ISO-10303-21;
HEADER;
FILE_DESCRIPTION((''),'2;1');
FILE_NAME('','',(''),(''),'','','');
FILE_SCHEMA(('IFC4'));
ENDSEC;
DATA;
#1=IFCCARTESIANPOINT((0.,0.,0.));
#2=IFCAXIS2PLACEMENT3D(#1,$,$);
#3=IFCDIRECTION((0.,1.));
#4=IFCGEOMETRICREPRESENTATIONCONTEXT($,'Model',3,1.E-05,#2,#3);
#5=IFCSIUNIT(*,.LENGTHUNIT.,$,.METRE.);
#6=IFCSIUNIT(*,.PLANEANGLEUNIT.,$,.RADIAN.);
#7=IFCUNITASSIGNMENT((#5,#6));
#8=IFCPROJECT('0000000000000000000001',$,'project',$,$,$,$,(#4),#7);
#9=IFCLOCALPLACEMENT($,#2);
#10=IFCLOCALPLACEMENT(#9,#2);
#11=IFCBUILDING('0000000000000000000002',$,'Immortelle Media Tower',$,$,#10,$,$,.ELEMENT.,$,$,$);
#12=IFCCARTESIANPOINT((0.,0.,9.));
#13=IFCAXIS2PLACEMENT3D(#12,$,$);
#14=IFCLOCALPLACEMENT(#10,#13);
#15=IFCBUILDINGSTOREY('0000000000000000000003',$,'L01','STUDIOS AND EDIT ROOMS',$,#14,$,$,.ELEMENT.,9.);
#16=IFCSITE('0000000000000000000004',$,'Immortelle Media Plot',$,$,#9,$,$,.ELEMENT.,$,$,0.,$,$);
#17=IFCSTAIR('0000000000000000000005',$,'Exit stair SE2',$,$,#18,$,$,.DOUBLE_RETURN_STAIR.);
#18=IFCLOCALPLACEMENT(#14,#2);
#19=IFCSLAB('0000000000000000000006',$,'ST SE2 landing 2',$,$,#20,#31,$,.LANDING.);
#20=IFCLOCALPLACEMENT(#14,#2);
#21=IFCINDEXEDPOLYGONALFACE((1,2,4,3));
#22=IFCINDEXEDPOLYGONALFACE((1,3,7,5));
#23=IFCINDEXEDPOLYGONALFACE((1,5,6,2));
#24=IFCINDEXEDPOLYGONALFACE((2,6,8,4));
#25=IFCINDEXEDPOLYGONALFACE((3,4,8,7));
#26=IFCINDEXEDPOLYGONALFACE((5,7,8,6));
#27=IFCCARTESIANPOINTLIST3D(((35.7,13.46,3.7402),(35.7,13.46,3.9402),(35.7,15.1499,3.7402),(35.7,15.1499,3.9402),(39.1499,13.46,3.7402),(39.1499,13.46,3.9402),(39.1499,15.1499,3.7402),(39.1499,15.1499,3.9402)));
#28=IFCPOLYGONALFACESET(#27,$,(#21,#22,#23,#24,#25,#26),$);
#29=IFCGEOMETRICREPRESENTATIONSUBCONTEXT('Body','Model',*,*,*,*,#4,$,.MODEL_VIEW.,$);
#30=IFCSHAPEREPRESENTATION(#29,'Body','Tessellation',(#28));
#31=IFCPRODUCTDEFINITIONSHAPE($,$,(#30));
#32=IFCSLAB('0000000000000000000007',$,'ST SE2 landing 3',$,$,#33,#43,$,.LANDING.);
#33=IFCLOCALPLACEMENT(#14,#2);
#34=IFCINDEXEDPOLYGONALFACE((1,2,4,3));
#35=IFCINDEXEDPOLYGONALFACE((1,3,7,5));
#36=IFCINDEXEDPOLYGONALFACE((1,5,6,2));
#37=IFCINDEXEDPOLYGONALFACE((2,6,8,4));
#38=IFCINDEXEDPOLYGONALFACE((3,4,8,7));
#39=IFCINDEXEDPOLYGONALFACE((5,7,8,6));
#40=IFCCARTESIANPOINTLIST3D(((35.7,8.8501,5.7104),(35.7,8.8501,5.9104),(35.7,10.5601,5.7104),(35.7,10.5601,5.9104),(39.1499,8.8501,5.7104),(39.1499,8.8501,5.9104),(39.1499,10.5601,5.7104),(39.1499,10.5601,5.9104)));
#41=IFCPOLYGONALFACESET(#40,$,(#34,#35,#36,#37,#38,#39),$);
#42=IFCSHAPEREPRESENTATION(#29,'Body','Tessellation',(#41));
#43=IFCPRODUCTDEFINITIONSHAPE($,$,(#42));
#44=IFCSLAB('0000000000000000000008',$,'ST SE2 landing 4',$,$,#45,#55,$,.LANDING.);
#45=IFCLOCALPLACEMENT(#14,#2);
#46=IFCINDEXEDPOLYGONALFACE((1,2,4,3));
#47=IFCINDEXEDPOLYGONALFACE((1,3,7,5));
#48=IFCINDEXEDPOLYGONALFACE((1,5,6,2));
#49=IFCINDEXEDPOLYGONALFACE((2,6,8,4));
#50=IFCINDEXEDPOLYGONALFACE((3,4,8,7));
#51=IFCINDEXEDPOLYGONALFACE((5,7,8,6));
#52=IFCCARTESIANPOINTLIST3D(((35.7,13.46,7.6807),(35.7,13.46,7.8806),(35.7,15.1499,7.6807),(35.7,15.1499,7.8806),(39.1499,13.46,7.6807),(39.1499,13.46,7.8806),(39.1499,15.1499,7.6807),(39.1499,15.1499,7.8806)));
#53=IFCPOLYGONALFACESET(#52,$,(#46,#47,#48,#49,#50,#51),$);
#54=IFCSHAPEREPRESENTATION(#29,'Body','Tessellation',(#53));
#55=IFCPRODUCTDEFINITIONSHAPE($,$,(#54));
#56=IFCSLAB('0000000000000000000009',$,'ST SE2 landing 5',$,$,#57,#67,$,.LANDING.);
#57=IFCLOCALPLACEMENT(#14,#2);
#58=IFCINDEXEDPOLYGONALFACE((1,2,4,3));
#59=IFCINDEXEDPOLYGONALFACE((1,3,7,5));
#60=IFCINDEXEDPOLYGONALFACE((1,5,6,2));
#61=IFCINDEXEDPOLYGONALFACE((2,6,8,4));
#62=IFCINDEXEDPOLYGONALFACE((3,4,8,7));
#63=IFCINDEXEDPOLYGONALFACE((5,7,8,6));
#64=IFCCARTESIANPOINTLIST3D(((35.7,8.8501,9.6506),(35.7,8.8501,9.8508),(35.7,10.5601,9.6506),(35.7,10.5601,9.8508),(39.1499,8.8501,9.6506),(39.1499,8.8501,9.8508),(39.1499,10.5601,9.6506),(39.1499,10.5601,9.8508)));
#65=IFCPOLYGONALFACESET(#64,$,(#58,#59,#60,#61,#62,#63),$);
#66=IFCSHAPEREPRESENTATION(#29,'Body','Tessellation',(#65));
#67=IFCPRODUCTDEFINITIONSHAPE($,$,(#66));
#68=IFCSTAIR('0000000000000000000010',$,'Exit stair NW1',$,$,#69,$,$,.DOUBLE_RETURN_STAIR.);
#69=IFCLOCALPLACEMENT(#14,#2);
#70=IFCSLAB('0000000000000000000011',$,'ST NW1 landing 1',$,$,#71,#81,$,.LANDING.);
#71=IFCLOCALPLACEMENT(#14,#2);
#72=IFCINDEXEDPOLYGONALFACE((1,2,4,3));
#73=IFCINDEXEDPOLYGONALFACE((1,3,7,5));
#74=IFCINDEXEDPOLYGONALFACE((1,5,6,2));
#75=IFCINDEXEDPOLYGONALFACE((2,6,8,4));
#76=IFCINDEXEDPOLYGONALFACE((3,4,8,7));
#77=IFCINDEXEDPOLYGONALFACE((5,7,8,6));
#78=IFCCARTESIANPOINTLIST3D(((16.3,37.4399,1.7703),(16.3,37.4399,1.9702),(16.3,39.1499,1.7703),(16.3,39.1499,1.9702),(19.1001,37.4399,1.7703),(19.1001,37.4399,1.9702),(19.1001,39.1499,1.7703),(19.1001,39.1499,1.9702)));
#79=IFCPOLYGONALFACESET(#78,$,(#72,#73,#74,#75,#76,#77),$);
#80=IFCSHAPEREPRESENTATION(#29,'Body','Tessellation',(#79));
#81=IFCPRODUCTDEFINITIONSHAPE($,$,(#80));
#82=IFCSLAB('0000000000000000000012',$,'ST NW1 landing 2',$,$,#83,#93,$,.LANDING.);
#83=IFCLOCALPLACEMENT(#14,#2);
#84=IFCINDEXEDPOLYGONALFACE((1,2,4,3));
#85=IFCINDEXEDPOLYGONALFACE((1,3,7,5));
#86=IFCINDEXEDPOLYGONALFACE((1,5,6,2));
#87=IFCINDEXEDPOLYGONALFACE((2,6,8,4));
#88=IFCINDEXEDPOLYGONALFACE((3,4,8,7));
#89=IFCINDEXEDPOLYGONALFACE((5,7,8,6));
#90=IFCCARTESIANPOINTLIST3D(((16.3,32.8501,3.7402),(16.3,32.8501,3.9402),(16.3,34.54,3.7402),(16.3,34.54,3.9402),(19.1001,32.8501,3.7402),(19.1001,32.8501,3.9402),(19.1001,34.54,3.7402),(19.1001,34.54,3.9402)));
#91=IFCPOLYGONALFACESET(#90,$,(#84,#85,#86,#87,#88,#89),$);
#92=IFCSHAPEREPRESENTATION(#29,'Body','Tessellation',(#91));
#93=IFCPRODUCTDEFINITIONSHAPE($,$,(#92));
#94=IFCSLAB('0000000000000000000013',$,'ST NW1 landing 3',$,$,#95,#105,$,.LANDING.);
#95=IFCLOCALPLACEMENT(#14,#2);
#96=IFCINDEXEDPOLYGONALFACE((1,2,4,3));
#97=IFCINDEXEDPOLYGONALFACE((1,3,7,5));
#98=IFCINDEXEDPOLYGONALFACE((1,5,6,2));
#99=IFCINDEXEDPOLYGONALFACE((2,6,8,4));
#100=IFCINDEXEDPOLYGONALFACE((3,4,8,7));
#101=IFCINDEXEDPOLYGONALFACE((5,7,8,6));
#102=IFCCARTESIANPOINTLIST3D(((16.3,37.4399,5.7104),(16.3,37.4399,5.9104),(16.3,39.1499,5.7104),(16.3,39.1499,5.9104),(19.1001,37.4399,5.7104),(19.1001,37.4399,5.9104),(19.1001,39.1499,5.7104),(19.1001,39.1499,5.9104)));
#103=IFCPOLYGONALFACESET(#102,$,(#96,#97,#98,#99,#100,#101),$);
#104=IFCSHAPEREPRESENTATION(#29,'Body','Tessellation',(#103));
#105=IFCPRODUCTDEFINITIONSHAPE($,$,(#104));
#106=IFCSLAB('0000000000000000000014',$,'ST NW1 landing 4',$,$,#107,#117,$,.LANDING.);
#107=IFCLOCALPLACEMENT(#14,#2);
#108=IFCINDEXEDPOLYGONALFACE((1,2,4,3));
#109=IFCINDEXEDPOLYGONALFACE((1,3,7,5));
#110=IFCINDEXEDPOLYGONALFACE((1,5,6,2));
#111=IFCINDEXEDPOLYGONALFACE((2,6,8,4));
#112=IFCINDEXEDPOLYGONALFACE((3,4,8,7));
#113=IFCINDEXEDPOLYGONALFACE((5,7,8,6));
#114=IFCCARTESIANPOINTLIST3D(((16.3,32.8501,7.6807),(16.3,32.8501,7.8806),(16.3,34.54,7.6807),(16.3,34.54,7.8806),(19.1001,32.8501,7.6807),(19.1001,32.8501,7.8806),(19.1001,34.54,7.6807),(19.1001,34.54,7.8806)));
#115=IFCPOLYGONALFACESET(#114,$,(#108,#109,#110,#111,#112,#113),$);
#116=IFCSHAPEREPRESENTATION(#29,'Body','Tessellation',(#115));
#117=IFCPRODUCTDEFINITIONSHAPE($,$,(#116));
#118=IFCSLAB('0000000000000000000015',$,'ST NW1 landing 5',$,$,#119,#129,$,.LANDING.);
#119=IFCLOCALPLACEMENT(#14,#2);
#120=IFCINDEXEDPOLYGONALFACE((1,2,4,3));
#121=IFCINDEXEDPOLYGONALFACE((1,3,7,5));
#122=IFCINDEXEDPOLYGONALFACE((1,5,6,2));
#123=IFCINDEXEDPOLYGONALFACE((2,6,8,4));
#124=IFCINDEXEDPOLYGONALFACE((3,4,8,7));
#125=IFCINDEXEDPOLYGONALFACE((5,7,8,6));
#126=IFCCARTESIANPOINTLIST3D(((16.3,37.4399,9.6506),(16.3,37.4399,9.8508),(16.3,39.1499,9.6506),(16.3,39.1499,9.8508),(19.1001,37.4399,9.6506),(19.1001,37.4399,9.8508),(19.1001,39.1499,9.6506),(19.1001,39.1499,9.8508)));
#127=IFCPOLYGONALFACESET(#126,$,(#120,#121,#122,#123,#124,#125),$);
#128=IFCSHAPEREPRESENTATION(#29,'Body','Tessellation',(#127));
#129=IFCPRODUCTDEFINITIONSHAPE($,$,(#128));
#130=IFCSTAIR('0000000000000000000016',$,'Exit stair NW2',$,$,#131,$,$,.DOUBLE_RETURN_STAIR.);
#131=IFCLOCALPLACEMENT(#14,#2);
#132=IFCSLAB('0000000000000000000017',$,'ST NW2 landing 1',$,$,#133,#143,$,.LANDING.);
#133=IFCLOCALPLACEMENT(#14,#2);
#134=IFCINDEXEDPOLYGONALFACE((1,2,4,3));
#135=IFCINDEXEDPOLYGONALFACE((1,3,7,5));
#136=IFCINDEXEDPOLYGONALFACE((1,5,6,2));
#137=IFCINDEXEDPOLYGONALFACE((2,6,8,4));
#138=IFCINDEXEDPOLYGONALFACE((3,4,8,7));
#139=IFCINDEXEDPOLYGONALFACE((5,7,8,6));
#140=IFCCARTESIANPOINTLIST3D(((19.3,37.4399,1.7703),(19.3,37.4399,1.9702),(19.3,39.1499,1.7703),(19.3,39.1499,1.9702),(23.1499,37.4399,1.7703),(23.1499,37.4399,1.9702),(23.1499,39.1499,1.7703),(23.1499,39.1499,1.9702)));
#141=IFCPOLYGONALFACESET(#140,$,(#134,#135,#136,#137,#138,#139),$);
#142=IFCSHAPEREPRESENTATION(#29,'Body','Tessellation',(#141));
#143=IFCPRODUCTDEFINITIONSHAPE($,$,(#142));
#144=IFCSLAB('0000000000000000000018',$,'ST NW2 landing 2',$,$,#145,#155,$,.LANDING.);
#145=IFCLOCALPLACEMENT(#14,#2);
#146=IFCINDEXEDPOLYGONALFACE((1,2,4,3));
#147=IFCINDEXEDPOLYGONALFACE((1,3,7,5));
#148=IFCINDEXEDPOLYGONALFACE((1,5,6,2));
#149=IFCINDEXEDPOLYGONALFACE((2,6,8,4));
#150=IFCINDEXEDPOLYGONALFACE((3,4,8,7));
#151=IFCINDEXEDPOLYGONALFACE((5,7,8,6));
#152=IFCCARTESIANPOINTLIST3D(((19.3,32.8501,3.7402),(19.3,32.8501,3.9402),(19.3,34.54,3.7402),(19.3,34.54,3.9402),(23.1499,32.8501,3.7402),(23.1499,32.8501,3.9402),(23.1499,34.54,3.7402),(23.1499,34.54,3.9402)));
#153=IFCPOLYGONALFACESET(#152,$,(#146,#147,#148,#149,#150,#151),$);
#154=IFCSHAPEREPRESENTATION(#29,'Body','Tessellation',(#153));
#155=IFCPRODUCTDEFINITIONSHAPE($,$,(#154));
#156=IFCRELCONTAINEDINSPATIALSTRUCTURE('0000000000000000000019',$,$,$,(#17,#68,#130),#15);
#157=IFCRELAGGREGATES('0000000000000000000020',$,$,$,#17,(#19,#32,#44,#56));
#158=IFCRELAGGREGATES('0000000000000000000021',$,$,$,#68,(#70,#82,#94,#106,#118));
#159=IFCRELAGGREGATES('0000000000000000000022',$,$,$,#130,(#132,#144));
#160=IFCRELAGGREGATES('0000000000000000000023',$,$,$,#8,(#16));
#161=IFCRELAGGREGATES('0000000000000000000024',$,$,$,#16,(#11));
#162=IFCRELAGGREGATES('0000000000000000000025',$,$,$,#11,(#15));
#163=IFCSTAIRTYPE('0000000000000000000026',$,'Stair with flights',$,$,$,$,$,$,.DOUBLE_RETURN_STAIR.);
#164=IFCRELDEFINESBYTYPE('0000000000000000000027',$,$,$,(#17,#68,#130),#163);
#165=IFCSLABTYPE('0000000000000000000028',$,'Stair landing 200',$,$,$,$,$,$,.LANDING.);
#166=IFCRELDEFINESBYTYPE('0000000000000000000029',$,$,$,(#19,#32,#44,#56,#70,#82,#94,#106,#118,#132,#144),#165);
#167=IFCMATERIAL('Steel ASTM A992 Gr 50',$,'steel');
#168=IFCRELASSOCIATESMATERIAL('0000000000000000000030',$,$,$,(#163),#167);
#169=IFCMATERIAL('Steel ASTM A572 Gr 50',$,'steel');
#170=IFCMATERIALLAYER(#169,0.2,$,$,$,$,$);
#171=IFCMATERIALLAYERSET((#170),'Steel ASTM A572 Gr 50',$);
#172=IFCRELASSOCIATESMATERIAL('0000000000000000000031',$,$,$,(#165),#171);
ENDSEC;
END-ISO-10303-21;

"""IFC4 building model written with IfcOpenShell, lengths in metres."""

from ifc_helpers import new_model, si_unit, direction, frame, origin, place, context, subcontext, project, spatial, polyline, outline, extrude, material, layer, layer_set, type_object, element, aggregate, save


model = new_model("IFC4")

# Units and contexts
model_context = context("Model", 3, precision=1e-05, world=origin(), true_north=direction((0.0, 1.0)))
body_context = subcontext(model_context, "Body", "Model", "MODEL_VIEW")
ifc_project = project(units=[si_unit("LENGTHUNIT", "METRE"), si_unit("PLANEANGLEUNIT", "RADIAN")], contexts=[model_context])

# Site, building, storey
site_placement = place(None, origin())
site = spatial("IfcSite", under=ifc_project, at=site_placement, Name="Immortelle Media Plot", CompositionType="ELEMENT", RefElevation=0.0)
building_placement = place(site_placement, origin())
building = spatial("IfcBuilding", under=site, at=building_placement, Name="Immortelle Media Tower", CompositionType="ELEMENT")
storey_placement = place(building_placement, frame((0.0, 0.0, 9.0)))
storey = spatial("IfcBuildingStorey", under=building, at=storey_placement, Name="L01", Description="STUDIOS AND EDIT ROOMS", CompositionType="ELEMENT", Elevation=9.0)

# Stairs, slabs
ifc_material_1 = material(Name="Steel ASTM A992 Gr 50", Category="steel")
stair_type = type_object("IfcStairType", Name="Stair with flights", PredefinedType="DOUBLE_RETURN_STAIR", material=ifc_material_1)
ifc_material_2 = material(Name="Steel ASTM A572 Gr 50", Category="steel")
ifc_layer_1 = layer(ifc_material_2, 0.2)
ifc_layer_set_1 = layer_set([ifc_layer_1], Name="Steel ASTM A572 Gr 50")
slab_type_1 = type_object("IfcSlabType", Name="Stair landing 200", PredefinedType="LANDING", material=ifc_layer_set_1)
stair_1_placement = place(storey_placement, origin())
stair_1 = element("IfcStair", 1, at=stair_1_placement, inside=storey, type_object=stair_type, Name="Exit stair SE2", PredefinedType="DOUBLE_RETURN_STAIR")
slab_1_placement = place(storey_placement, frame((0.0, 0.0, 3.7402)))
slab_1 = element("IfcSlab", 2, at=slab_1_placement, type_object=slab_type_1, Name="ST SE2 landing 2", PredefinedType="LANDING", context=body_context, shape_type="SweptSolid", body=[
    extrude(outline(polyline([(35.7, 13.46), (39.1499, 13.46), (39.1499, 15.1499), (35.7, 15.1499), (35.7, 13.46)])), origin(), (0.0, 0.0, 1.0), 0.2),
])
slab_2_placement = place(storey_placement, frame((0.0, 0.0, 5.7104)))
slab_2 = element("IfcSlab", 3, at=slab_2_placement, type_object=slab_type_1, Name="ST SE2 landing 3", PredefinedType="LANDING", context=body_context, shape_type="SweptSolid", body=[
    extrude(outline(polyline([(35.7, 8.8501), (39.1499, 8.8501), (39.1499, 10.5601), (35.7, 10.5601), (35.7, 8.8501)])), origin(), (0.0, 0.0, 1.0), 0.2),
])
slab_3_placement = place(storey_placement, frame((0.0, 0.0, 7.6807)))
slab_3 = element("IfcSlab", 4, at=slab_3_placement, type_object=slab_type_1, Name="ST SE2 landing 4", PredefinedType="LANDING", context=body_context, shape_type="SweptSolid", body=[
    extrude(outline(polyline([(35.7, 13.46), (39.1499, 13.46), (39.1499, 15.1499), (35.7, 15.1499), (35.7, 13.46)])), origin(), (0.0, 0.0, 1.0), 0.2),
])
slab_4_placement = place(storey_placement, frame((0.0, 0.0, 9.6506)))
slab_4 = element("IfcSlab", 5, at=slab_4_placement, type_object=slab_type_1, Name="ST SE2 landing 5", PredefinedType="LANDING", context=body_context, shape_type="SweptSolid", body=[
    extrude(outline(polyline([(35.7, 8.8501), (39.1499, 8.8501), (39.1499, 10.5601), (35.7, 10.5601), (35.7, 8.8501)])), origin(), (0.0, 0.0, 1.0), 0.2002),
])
aggregate(stair_1, [slab_1, slab_2, slab_3, slab_4])
stair_2_placement = place(storey_placement, origin())
stair_2 = element("IfcStair", 6, at=stair_2_placement, inside=storey, type_object=stair_type, Name="Exit stair NW1", PredefinedType="DOUBLE_RETURN_STAIR")
slab_5_placement = place(storey_placement, frame((0.0, 0.0, 1.7703)))
slab_5 = element("IfcSlab", 7, at=slab_5_placement, type_object=slab_type_1, Name="ST NW1 landing 1", PredefinedType="LANDING", context=body_context, shape_type="SweptSolid", body=[
    extrude(outline(polyline([(16.3, 37.4399), (19.1001, 37.4399), (19.1001, 39.1499), (16.3, 39.1499), (16.3, 37.4399)])), origin(), (0.0, 0.0, 1.0), 0.2),
])
slab_6_placement = place(storey_placement, frame((0.0, 0.0, 3.7402)))
slab_6 = element("IfcSlab", 8, at=slab_6_placement, type_object=slab_type_1, Name="ST NW1 landing 2", PredefinedType="LANDING", context=body_context, shape_type="SweptSolid", body=[
    extrude(outline(polyline([(16.3, 32.8501), (19.1001, 32.8501), (19.1001, 34.54), (16.3, 34.54), (16.3, 32.8501)])), origin(), (0.0, 0.0, 1.0), 0.2),
])
slab_7_placement = place(storey_placement, frame((0.0, 0.0, 5.7104)))
slab_7 = element("IfcSlab", 9, at=slab_7_placement, type_object=slab_type_1, Name="ST NW1 landing 3", PredefinedType="LANDING", context=body_context, shape_type="SweptSolid", body=[
    extrude(outline(polyline([(16.3, 37.4399), (19.1001, 37.4399), (19.1001, 39.1499), (16.3, 39.1499), (16.3, 37.4399)])), origin(), (0.0, 0.0, 1.0), 0.2),
])
slab_8_placement = place(storey_placement, frame((0.0, 0.0, 7.6807)))
slab_8 = element("IfcSlab", 10, at=slab_8_placement, type_object=slab_type_1, Name="ST NW1 landing 4", PredefinedType="LANDING", context=body_context, shape_type="SweptSolid", body=[
    extrude(outline(polyline([(16.3, 32.8501), (19.1001, 32.8501), (19.1001, 34.54), (16.3, 34.54), (16.3, 32.8501)])), origin(), (0.0, 0.0, 1.0), 0.2),
])
slab_9_placement = place(storey_placement, frame((0.0, 0.0, 9.6506)))
slab_9 = element("IfcSlab", 11, at=slab_9_placement, type_object=slab_type_1, Name="ST NW1 landing 5", PredefinedType="LANDING", context=body_context, shape_type="SweptSolid", body=[
    extrude(outline(polyline([(16.3, 37.4399), (19.1001, 37.4399), (19.1001, 39.1499), (16.3, 39.1499), (16.3, 37.4399)])), origin(), (0.0, 0.0, 1.0), 0.2002),
])
aggregate(stair_2, [slab_5, slab_6, slab_7, slab_8, slab_9])
stair_3_placement = place(storey_placement, origin())
stair_3 = element("IfcStair", 12, at=stair_3_placement, inside=storey, type_object=stair_type, Name="Exit stair NW2", PredefinedType="DOUBLE_RETURN_STAIR")
slab_10_placement = place(storey_placement, frame((0.0, 0.0, 1.7703)))
slab_10 = element("IfcSlab", 13, at=slab_10_placement, type_object=slab_type_1, Name="ST NW2 landing 1", PredefinedType="LANDING", context=body_context, shape_type="SweptSolid", body=[
    extrude(outline(polyline([(19.3, 37.4399), (23.1499, 37.4399), (23.1499, 39.1499), (19.3, 39.1499), (19.3, 37.4399)])), origin(), (0.0, 0.0, 1.0), 0.2),
])
slab_11_placement = place(storey_placement, frame((0.0, 0.0, 3.7402)))
slab_11 = element("IfcSlab", 14, at=slab_11_placement, type_object=slab_type_1, Name="ST NW2 landing 2", PredefinedType="LANDING", context=body_context, shape_type="SweptSolid", body=[
    extrude(outline(polyline([(19.3, 32.8501), (23.1499, 32.8501), (23.1499, 34.54), (19.3, 34.54), (19.3, 32.8501)])), origin(), (0.0, 0.0, 1.0), 0.2),
])
aggregate(stair_3, [slab_10, slab_11])

save(model, "model.ifc")
